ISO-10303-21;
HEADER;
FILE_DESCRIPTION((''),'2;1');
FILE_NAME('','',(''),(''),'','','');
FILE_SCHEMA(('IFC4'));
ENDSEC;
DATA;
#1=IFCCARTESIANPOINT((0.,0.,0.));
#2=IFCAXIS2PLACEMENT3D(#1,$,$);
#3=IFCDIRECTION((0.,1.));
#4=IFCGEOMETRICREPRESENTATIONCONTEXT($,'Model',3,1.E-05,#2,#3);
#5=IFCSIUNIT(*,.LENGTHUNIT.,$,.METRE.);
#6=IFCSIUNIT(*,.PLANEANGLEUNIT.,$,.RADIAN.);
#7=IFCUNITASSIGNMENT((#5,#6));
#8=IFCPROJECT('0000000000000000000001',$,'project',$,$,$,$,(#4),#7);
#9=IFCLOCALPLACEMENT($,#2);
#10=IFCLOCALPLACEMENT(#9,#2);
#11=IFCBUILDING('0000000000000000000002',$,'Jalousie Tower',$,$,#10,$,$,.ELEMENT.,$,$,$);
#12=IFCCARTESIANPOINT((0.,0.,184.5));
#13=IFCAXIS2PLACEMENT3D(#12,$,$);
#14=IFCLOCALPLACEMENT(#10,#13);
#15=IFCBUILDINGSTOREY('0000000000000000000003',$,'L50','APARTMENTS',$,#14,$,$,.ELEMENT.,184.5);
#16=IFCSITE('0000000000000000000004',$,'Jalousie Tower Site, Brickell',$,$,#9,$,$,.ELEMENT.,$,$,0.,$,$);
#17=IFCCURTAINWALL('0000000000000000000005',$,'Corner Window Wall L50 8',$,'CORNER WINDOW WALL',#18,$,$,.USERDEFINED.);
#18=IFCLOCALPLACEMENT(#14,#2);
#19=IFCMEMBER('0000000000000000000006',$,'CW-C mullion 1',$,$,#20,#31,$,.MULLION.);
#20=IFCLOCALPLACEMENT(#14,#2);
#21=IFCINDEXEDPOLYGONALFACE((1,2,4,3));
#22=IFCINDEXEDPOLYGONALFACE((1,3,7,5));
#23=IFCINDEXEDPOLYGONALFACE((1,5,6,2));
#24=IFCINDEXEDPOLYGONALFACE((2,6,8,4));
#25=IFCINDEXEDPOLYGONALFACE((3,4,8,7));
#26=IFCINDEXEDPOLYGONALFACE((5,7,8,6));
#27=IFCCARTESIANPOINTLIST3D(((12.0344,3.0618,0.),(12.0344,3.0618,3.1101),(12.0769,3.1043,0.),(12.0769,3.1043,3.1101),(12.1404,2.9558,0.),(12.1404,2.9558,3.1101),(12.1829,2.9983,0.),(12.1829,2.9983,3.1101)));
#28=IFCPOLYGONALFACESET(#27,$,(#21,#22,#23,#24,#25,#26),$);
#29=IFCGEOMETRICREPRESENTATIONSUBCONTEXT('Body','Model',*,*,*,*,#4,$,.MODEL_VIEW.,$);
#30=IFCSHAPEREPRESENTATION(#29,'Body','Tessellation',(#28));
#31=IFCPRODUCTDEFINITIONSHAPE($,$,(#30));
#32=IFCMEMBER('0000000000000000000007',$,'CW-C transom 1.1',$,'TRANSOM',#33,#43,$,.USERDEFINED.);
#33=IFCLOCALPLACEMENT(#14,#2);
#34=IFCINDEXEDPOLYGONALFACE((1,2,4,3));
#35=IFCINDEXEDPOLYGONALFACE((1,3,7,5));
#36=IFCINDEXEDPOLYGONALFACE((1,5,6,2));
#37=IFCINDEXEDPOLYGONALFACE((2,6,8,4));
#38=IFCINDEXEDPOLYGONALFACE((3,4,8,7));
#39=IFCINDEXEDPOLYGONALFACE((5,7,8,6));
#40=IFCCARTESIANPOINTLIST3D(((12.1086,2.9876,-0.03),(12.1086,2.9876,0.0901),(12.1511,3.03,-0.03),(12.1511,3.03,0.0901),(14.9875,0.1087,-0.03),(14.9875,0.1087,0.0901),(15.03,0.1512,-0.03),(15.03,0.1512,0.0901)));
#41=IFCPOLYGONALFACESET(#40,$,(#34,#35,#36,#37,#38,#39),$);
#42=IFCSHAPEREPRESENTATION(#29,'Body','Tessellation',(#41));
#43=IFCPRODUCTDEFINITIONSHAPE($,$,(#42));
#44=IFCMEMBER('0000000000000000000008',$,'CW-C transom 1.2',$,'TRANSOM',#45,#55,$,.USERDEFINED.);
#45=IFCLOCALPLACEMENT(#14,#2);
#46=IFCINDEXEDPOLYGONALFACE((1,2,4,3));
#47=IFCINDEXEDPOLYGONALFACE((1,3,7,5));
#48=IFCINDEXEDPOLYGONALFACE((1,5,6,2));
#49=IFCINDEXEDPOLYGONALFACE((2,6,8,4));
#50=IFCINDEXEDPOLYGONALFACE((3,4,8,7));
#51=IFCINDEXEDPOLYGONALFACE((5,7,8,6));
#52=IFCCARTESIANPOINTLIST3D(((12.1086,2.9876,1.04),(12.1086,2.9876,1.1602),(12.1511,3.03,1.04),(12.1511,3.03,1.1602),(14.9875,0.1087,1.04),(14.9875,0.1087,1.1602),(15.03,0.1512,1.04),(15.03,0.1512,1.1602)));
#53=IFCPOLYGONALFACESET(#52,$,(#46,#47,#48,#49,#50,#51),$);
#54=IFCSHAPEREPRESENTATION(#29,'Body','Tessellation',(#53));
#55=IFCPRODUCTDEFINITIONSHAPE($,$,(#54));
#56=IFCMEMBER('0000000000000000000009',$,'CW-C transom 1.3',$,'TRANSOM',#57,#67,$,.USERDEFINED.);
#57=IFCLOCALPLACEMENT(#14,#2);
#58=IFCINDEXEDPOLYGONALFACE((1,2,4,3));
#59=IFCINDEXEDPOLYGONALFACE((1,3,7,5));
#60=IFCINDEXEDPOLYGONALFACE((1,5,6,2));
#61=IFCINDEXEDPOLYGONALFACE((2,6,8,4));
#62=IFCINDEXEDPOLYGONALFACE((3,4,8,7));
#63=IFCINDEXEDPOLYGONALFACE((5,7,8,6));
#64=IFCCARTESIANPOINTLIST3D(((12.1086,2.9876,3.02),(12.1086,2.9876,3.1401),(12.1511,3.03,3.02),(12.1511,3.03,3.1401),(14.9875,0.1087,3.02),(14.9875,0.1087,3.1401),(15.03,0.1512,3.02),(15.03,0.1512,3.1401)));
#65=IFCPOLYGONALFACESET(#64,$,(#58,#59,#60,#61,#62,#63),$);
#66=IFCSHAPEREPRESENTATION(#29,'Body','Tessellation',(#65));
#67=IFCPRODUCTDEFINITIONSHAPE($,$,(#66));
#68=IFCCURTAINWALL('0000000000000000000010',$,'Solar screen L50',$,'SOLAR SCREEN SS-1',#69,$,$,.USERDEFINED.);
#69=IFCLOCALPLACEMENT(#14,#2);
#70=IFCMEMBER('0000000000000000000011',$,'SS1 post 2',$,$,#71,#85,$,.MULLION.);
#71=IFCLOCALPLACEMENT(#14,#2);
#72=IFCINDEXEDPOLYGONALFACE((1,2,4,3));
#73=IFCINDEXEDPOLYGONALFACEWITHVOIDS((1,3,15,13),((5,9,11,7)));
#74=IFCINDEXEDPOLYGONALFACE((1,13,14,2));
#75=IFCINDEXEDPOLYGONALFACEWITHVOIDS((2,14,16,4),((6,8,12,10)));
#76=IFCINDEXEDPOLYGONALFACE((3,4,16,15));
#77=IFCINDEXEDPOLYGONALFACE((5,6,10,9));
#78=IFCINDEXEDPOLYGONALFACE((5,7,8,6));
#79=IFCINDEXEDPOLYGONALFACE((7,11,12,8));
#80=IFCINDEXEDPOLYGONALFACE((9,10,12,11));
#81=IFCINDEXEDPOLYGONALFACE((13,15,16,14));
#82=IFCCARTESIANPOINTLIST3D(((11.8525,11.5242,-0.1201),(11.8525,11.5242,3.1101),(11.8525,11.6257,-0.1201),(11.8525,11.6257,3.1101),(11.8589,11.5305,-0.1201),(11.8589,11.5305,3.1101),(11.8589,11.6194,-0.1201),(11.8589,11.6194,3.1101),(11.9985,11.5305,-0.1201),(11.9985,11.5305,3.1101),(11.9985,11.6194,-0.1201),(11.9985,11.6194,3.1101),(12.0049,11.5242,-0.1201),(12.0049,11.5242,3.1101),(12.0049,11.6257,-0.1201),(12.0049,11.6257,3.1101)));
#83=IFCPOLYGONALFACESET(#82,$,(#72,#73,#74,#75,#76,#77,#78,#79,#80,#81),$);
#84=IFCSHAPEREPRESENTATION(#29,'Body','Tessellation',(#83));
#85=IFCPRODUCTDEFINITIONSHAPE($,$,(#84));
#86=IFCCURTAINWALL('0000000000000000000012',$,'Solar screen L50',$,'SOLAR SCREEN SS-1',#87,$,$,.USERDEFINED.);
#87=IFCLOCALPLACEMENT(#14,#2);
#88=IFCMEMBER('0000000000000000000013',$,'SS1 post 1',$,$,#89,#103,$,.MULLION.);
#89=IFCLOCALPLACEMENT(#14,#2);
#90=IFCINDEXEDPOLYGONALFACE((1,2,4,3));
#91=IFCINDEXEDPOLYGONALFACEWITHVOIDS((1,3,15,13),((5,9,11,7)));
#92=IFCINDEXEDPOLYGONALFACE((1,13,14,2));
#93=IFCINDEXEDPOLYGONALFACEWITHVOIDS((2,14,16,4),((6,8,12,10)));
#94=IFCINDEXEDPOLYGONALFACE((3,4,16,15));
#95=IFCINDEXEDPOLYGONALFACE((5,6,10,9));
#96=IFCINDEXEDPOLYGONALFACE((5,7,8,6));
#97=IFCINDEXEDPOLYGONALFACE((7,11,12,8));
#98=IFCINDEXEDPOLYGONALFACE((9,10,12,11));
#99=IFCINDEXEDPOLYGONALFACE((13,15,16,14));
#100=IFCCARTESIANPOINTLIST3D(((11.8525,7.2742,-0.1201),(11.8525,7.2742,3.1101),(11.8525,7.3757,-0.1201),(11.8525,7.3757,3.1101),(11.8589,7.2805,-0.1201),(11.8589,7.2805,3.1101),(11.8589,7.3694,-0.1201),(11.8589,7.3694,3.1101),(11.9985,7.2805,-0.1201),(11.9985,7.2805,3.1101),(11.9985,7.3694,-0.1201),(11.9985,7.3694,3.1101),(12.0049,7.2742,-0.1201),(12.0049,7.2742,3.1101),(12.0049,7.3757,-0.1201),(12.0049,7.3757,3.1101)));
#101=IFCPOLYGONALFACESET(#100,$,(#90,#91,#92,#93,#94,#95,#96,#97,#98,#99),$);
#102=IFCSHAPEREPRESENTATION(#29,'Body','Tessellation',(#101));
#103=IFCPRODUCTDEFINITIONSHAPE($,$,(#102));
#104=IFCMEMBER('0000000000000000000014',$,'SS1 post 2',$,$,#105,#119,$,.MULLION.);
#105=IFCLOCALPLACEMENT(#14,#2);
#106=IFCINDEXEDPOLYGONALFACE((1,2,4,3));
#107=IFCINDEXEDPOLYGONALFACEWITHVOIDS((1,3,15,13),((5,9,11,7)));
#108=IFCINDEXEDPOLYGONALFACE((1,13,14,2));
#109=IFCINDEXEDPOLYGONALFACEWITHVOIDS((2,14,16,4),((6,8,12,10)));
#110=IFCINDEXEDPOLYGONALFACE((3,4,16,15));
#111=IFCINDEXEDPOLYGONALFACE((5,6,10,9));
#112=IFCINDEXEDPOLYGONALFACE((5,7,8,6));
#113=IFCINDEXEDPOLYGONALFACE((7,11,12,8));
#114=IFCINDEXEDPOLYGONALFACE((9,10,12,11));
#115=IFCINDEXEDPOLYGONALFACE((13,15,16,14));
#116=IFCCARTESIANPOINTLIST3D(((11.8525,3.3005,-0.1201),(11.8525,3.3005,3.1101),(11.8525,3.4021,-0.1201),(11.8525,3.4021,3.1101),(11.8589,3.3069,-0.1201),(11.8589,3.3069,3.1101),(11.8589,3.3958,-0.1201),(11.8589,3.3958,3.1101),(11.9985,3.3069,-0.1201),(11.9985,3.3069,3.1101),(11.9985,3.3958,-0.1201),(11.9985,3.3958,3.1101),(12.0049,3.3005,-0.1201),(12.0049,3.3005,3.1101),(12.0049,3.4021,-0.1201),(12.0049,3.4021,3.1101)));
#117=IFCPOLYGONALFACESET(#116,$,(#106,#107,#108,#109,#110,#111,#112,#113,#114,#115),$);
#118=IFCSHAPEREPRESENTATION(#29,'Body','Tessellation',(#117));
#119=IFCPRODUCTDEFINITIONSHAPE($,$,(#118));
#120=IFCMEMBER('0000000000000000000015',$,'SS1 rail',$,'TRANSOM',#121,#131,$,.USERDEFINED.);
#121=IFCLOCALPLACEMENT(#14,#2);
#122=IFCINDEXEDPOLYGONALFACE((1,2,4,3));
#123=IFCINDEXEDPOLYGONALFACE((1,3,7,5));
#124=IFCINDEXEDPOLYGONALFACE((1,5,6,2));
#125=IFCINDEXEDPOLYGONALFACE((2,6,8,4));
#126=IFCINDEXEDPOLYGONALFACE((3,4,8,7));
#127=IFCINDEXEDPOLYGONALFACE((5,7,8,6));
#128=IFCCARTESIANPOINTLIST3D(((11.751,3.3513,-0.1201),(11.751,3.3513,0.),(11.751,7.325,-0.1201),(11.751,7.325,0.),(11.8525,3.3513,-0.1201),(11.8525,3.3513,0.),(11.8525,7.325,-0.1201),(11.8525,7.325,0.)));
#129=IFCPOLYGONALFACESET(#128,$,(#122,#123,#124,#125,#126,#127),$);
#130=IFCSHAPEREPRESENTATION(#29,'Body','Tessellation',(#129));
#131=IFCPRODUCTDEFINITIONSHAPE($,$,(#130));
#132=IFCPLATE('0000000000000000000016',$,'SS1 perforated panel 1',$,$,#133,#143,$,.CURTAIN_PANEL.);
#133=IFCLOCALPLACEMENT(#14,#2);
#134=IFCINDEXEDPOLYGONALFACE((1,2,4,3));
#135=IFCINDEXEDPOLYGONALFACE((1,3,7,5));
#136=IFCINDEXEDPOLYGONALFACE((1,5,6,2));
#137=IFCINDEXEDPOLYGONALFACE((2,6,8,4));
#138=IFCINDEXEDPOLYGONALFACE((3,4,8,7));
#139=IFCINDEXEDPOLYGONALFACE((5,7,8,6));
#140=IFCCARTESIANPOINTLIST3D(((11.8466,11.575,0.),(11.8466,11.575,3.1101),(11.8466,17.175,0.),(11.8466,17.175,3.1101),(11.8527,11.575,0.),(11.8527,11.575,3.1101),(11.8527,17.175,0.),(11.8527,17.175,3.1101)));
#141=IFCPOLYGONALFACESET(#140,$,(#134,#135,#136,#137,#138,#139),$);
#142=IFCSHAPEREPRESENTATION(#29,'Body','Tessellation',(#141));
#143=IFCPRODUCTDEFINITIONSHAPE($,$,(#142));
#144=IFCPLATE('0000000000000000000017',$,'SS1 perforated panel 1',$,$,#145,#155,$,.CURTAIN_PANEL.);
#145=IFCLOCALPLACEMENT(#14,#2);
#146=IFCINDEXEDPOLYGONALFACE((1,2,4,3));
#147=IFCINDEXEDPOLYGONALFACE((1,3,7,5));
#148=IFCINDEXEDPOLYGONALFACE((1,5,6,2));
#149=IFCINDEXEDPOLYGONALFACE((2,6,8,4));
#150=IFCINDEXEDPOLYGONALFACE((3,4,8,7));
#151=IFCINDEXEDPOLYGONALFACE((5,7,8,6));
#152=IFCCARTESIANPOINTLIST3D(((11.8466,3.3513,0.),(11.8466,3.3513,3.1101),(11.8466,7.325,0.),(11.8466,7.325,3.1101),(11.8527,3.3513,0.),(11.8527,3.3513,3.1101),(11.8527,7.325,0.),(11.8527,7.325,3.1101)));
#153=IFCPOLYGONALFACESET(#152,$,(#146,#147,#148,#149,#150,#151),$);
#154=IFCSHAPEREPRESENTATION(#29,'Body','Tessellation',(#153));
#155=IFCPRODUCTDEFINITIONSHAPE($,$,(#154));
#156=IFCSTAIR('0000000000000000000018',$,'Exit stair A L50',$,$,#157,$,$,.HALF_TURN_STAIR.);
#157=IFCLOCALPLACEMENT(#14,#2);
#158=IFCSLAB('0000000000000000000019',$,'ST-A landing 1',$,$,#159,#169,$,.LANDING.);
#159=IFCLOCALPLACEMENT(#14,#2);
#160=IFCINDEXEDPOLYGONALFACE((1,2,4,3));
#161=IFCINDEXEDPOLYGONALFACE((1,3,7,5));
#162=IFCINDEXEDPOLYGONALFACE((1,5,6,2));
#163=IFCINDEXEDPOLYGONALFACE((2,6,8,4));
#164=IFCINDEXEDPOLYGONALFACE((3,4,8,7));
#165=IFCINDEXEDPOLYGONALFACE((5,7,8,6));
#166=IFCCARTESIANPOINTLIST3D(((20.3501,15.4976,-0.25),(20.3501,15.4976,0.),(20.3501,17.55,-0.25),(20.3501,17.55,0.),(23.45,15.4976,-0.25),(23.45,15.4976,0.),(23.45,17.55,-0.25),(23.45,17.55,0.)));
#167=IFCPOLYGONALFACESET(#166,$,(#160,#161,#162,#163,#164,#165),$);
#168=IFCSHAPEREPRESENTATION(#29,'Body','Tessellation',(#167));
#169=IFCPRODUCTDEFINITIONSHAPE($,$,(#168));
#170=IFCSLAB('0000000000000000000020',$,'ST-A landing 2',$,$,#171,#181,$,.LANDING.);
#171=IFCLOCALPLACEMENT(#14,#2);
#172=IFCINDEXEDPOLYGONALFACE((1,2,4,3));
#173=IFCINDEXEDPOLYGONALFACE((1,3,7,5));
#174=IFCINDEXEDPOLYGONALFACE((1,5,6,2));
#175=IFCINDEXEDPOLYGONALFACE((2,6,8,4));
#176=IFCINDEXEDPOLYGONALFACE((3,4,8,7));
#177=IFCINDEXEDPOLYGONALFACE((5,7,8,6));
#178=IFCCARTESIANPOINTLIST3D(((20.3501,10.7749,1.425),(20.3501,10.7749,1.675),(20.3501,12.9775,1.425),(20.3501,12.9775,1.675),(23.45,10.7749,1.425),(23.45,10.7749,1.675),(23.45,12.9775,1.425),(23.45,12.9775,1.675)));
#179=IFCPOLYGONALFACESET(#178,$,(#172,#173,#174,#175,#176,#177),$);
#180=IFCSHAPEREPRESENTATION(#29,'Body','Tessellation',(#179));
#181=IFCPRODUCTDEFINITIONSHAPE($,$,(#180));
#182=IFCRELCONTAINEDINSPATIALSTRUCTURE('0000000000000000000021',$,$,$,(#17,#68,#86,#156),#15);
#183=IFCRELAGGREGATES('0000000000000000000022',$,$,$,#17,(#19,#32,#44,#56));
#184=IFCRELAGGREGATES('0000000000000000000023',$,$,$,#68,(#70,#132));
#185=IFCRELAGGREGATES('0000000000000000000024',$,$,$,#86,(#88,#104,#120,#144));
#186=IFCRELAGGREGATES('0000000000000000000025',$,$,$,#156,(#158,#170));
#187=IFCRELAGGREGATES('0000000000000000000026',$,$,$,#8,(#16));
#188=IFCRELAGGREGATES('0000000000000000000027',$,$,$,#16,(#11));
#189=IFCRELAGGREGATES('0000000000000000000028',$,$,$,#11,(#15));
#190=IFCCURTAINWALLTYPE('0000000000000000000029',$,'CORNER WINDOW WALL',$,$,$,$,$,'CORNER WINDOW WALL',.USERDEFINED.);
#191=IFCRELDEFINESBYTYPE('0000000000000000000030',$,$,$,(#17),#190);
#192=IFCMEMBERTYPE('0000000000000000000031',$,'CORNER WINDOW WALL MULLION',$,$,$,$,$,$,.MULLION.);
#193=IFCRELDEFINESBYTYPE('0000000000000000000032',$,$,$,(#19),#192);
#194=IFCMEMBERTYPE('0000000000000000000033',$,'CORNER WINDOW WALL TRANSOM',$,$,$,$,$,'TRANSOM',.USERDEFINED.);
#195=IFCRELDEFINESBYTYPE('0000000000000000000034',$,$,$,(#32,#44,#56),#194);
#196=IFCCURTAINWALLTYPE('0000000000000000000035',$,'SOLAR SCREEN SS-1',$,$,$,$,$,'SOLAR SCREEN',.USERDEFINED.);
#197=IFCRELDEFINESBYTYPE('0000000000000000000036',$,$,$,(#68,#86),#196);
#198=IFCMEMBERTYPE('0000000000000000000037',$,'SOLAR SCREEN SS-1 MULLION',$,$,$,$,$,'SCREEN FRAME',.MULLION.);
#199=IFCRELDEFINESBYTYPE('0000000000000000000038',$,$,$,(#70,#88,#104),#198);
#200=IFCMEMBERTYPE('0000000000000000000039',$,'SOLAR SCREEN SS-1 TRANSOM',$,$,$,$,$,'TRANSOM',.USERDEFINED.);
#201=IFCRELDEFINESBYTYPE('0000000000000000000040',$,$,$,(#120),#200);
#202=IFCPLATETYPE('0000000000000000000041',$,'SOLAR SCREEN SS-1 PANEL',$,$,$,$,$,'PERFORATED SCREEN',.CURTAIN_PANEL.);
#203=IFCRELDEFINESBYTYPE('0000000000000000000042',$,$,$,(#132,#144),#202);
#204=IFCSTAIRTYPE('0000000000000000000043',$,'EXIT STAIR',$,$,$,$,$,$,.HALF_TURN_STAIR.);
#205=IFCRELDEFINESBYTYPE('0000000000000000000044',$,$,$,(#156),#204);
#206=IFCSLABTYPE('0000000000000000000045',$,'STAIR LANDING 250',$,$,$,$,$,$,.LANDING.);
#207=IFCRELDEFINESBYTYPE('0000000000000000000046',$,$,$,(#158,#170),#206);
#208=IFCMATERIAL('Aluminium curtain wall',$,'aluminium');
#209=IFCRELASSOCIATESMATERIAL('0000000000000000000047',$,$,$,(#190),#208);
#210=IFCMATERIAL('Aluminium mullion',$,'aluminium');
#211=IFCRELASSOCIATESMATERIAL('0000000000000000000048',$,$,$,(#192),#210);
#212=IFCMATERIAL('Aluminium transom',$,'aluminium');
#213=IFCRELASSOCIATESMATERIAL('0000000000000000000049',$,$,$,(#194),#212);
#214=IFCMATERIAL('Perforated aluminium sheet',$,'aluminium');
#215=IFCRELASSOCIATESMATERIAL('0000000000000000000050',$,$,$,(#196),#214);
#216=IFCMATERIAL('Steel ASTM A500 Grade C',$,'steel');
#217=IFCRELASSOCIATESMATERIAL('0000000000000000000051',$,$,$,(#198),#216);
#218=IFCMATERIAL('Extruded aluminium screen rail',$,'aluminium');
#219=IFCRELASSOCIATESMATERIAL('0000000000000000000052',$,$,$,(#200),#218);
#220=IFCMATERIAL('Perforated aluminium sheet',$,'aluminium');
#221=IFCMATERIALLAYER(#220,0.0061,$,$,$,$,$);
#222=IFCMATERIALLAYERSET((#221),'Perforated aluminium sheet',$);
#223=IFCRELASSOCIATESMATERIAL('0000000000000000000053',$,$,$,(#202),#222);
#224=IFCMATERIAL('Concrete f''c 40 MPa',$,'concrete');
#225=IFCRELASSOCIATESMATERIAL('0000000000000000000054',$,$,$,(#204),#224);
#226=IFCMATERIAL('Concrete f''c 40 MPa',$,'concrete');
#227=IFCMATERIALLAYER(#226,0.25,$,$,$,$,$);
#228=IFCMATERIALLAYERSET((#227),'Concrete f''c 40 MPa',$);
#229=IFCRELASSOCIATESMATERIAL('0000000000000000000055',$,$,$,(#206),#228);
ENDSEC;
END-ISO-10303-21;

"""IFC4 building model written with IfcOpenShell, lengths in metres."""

from ifc_helpers import new_model, si_unit, direction, frame, origin, origin_2d, place, context, subcontext, project, spatial, polyline, rectangle, hollow_rectangle, outline, extrude, material, layer, layer_set, material_profile, profile_set, type_object, element, aggregate, save


model = new_model("IFC4")

# Units and contexts
model_context = context("Model", 3, precision=1e-05, world=origin(), true_north=direction((0.0, 1.0)))
body_context = subcontext(model_context, "Body", "Model", "MODEL_VIEW")
ifc_project = project(units=[si_unit("LENGTHUNIT", "METRE"), si_unit("PLANEANGLEUNIT", "RADIAN")], contexts=[model_context])

# Site, building, storey
site_placement = place(None, origin())
site = spatial("IfcSite", under=ifc_project, at=site_placement, Name="Jalousie Tower Site, Brickell", CompositionType="ELEMENT", RefElevation=0.0)
building_placement = place(site_placement, origin())
building = spatial("IfcBuilding", under=site, at=building_placement, Name="Jalousie Tower", CompositionType="ELEMENT")
storey_placement = place(building_placement, frame((0.0, 0.0, 184.5)))
storey = spatial("IfcBuildingStorey", under=building, at=storey_placement, Name="L50", Description="APARTMENTS", CompositionType="ELEMENT", Elevation=184.5)

# Curtain wall, members
ifc_material_1 = material(Name="Aluminium curtain wall", Category="aluminium")
curtain_wall_type_1 = type_object("IfcCurtainWallType", Name="CORNER WINDOW WALL", ElementType="CORNER WINDOW WALL", PredefinedType="USERDEFINED", material=ifc_material_1)
curtain_wall_1_placement = place(storey_placement, origin())
curtain_wall_1 = element("IfcCurtainWall", 1, at=curtain_wall_1_placement, inside=storey, type_object=curtain_wall_type_1, Name="Corner Window Wall L50 8", ObjectType="CORNER WINDOW WALL", PredefinedType="USERDEFINED")
ifc_material_2 = material(Name="Aluminium mullion", Category="aluminium")
ifc_material_profile_1 = material_profile(ifc_material_2, rectangle(XDim=0.0601, YDim=0.1499, at=origin_2d()), Name="MULLION 60x150")
ifc_profile_set_1 = profile_set([ifc_material_profile_1], Name="Aluminium mullion")
member_type_1 = type_object("IfcMemberType", Name="CORNER WINDOW WALL MULLION", PredefinedType="MULLION", material=ifc_profile_set_1)
member_1_placement = place(storey_placement, frame((12.1086, 3.03, 0.0), z_axis=(0.0, 0.0, 1.0), x_axis=(0.707107, 0.707107, 0.0)))
member_1 = element("IfcMember", 2, at=member_1_placement, type_object=member_type_1, Name="CW-C mullion 1", PredefinedType="MULLION", context=body_context, shape_type="SweptSolid", body=[
    extrude(rectangle(XDim=0.0601, YDim=0.1499, at=origin_2d()), origin(), (0.0, 0.0, 1.0), 3.1101),
])
ifc_material_3 = material(Name="Aluminium transom", Category="aluminium")
ifc_material_profile_2 = material_profile(ifc_material_3, rectangle(XDim=0.0601, YDim=0.1201, at=origin_2d()), Name="TRANSOM 60x120")
ifc_profile_set_2 = profile_set([ifc_material_profile_2], Name="Aluminium transom")
member_type_2 = type_object("IfcMemberType", Name="CORNER WINDOW WALL TRANSOM", ElementType="TRANSOM", PredefinedType="USERDEFINED", material=ifc_profile_set_2)
member_2_placement = place(storey_placement, frame((12.1299, 3.0088, 0.03), z_axis=(0.707107, -0.707107, 0.0), x_axis=(0.707107, 0.707107, 0.0)))
member_2 = element("IfcMember", 3, at=member_2_placement, type_object=member_type_2, Name="CW-C transom 1.1", ObjectType="TRANSOM", PredefinedType="USERDEFINED", context=body_context, shape_type="SweptSolid", body=[
    extrude(rectangle(XDim=0.0601, YDim=0.1201, at=origin_2d()), origin(), (0.0, 0.0, 1.0), 4.0713),
])
member_3_placement = place(storey_placement, frame((12.1299, 3.0088, 1.1001), z_axis=(0.707107, -0.707107, 0.0), x_axis=(0.707107, 0.707107, 0.0)))
member_3 = element("IfcMember", 4, at=member_3_placement, type_object=member_type_2, Name="CW-C transom 1.2", ObjectType="TRANSOM", PredefinedType="USERDEFINED", context=body_context, shape_type="SweptSolid", body=[
    extrude(rectangle(XDim=0.0601, YDim=0.1201, at=origin_2d()), origin(), (0.0, 0.0, 1.0), 4.0713),
])
member_4_placement = place(storey_placement, frame((12.1299, 3.0088, 3.0801), z_axis=(0.707107, -0.707107, 0.0), x_axis=(0.707107, 0.707107, 0.0)))
member_4 = element("IfcMember", 5, at=member_4_placement, type_object=member_type_2, Name="CW-C transom 1.3", ObjectType="TRANSOM", PredefinedType="USERDEFINED", context=body_context, shape_type="SweptSolid", body=[
    extrude(rectangle(XDim=0.0601, YDim=0.1201, at=origin_2d()), origin(), (0.0, 0.0, 1.0), 4.0713),
])
aggregate(curtain_wall_1, [member_1, member_2, member_3, member_4])

# Curtain wall, member
ifc_material_4 = material(Name="Perforated aluminium sheet", Category="aluminium")
curtain_wall_type_2 = type_object("IfcCurtainWallType", Name="SOLAR SCREEN SS-1", ElementType="SOLAR SCREEN", PredefinedType="USERDEFINED", material=ifc_material_4)
curtain_wall_2_placement = place(storey_placement, origin())
curtain_wall_2 = element("IfcCurtainWall", 6, at=curtain_wall_2_placement, inside=storey, type_object=curtain_wall_type_2, Name="Solar screen L50", ObjectType="SOLAR SCREEN SS-1", PredefinedType="USERDEFINED")
ifc_material_5 = material(Name="Steel ASTM A500 Grade C", Category="steel")
ifc_material_profile_3 = material_profile(ifc_material_5, hollow_rectangle(XDim=0.1016, YDim=0.1523, WallThickness=0.0063, at=origin_2d()), Name="HSS6X4X1/4")
ifc_profile_set_3 = profile_set([ifc_material_profile_3], Name="Steel ASTM A500 Grade C")
member_type_3 = type_object("IfcMemberType", Name="SOLAR SCREEN SS-1 MULLION", ElementType="SCREEN FRAME", PredefinedType="MULLION", material=ifc_profile_set_3)
member_5_placement = place(storey_placement, frame((11.9287, 11.575, -0.1201), z_axis=(0.0, 0.0, 1.0), x_axis=(0.0, -1.0, 0.0)))
member_5 = element("IfcMember", 7, at=member_5_placement, type_object=member_type_3, Name="SS1 post 2", PredefinedType="MULLION", context=body_context, shape_type="SweptSolid", body=[
    extrude(hollow_rectangle(XDim=0.1016, YDim=0.1523, WallThickness=0.0063, at=origin_2d()), origin(), (0.0, 0.0, 1.0), 3.2302),
])

# Curtain wall, members
curtain_wall_3_placement = place(storey_placement, origin())
curtain_wall_3 = element("IfcCurtainWall", 8, at=curtain_wall_3_placement, inside=storey, type_object=curtain_wall_type_2, Name="Solar screen L50", ObjectType="SOLAR SCREEN SS-1", PredefinedType="USERDEFINED")
member_6_placement = place(storey_placement, frame((11.9287, 7.325, -0.1201), z_axis=(0.0, 0.0, 1.0), x_axis=(0.0, -1.0, 0.0)))
member_6 = element("IfcMember", 9, at=member_6_placement, type_object=member_type_3, Name="SS1 post 1", PredefinedType="MULLION", context=body_context, shape_type="SweptSolid", body=[
    extrude(hollow_rectangle(XDim=0.1016, YDim=0.1523, WallThickness=0.0063, at=origin_2d()), origin(), (0.0, 0.0, 1.0), 3.2302),
])
member_7_placement = place(storey_placement, frame((11.9287, 3.3513, -0.1201), z_axis=(0.0, 0.0, 1.0), x_axis=(0.0, -1.0, 0.0)))
member_7 = element("IfcMember", 10, at=member_7_placement, type_object=member_type_3, Name="SS1 post 2", PredefinedType="MULLION", context=body_context, shape_type="SweptSolid", body=[
    extrude(hollow_rectangle(XDim=0.1016, YDim=0.1523, WallThickness=0.0063, at=origin_2d()), origin(), (0.0, 0.0, 1.0), 3.2302),
])
ifc_material_6 = material(Name="Extruded aluminium screen rail", Category="aluminium")
ifc_material_profile_4 = material_profile(ifc_material_6, rectangle(XDim=0.1016, YDim=0.1201, at=origin_2d()), Name="RAIL 102x120")
ifc_profile_set_4 = profile_set([ifc_material_profile_4], Name="Extruded aluminium screen rail")
member_type_4 = type_object("IfcMemberType", Name="SOLAR SCREEN SS-1 TRANSOM", ElementType="TRANSOM", PredefinedType="USERDEFINED", material=ifc_profile_set_4)
member_8_placement = place(storey_placement, frame((11.8018, 7.325, -0.0601), z_axis=(0.0, -1.0, 0.0), x_axis=(1.0, 0.0, 0.0)))
member_8 = element("IfcMember", 11, at=member_8_placement, type_object=member_type_4, Name="SS1 rail", ObjectType="TRANSOM", PredefinedType="USERDEFINED", context=body_context, shape_type="SweptSolid", body=[
    extrude(rectangle(XDim=0.1016, YDim=0.1201, at=origin_2d()), origin(), (0.0, 0.0, 1.0), 3.9736),
])

# Plates
ifc_material_7 = material(Name="Perforated aluminium sheet", Category="aluminium")
ifc_layer_1 = layer(ifc_material_7, 0.0061)
ifc_layer_set_1 = layer_set([ifc_layer_1], Name="Perforated aluminium sheet")
plate_type = type_object("IfcPlateType", Name="SOLAR SCREEN SS-1 PANEL", ElementType="PERFORATED SCREEN", PredefinedType="CURTAIN_PANEL", material=ifc_layer_set_1)
plate_1_placement = place(storey_placement, frame((11.8496, 14.375, 0.0), z_axis=(0.0, 0.0, 1.0), x_axis=(0.0, -1.0, 0.0)))
plate_1 = element("IfcPlate", 12, at=plate_1_placement, type_object=plate_type, Name="SS1 perforated panel 1", PredefinedType="CURTAIN_PANEL", context=body_context, shape_type="SweptSolid", body=[
    extrude(rectangle(XDim=5.6001, YDim=0.0061, at=origin_2d()), origin(), (0.0, 0.0, 1.0), 3.1101),
])
aggregate(curtain_wall_2, [member_5, plate_1])
plate_2_placement = place(storey_placement, frame((11.8496, 5.3381, 0.0), z_axis=(0.0, 0.0, 1.0), x_axis=(0.0, -1.0, 0.0)))
plate_2 = element("IfcPlate", 13, at=plate_2_placement, type_object=plate_type, Name="SS1 perforated panel 1", PredefinedType="CURTAIN_PANEL", context=body_context, shape_type="SweptSolid", body=[
    extrude(rectangle(XDim=3.9736, YDim=0.0061, at=origin_2d()), origin(), (0.0, 0.0, 1.0), 3.1101),
])
aggregate(curtain_wall_3, [member_6, member_7, member_8, plate_2])

# Stair, slabs
ifc_material_8 = material(Name="Concrete f'c 40 MPa", Category="concrete")
stair_type = type_object("IfcStairType", Name="EXIT STAIR", PredefinedType="HALF_TURN_STAIR", material=ifc_material_8)
stair_1_placement = place(storey_placement, origin())
stair_1 = element("IfcStair", 14, at=stair_1_placement, inside=storey, type_object=stair_type, Name="Exit stair A L50", PredefinedType="HALF_TURN_STAIR")
ifc_material_9 = material(Name="Concrete f'c 40 MPa", Category="concrete")
ifc_layer_2 = layer(ifc_material_9, 0.25)
ifc_layer_set_2 = layer_set([ifc_layer_2], Name="Concrete f'c 40 MPa")
slab_type_1 = type_object("IfcSlabType", Name="STAIR LANDING 250", PredefinedType="LANDING", material=ifc_layer_set_2)
slab_1_placement = place(storey_placement, frame((0.0, 0.0, -0.25)))
slab_1 = element("IfcSlab", 15, at=slab_1_placement, type_object=slab_type_1, Name="ST-A landing 1", PredefinedType="LANDING", context=body_context, shape_type="SweptSolid", body=[
    extrude(outline(polyline([(20.3501, 15.4976), (23.45, 15.4976), (23.45, 17.55), (20.3501, 17.55), (20.3501, 15.4976)])), origin(), (0.0, 0.0, 1.0), 0.25),
])
slab_2_placement = place(storey_placement, frame((0.0, 0.0, 1.425)))
slab_2 = element("IfcSlab", 16, at=slab_2_placement, type_object=slab_type_1, Name="ST-A landing 2", PredefinedType="LANDING", context=body_context, shape_type="SweptSolid", body=[
    extrude(outline(polyline([(20.3501, 10.7749), (23.45, 10.7749), (23.45, 12.9775), (20.3501, 12.9775), (20.3501, 10.7749)])), origin(), (0.0, 0.0, 1.0), 0.25),
])
aggregate(stair_1, [slab_1, slab_2])

save(model, "model.ifc")
